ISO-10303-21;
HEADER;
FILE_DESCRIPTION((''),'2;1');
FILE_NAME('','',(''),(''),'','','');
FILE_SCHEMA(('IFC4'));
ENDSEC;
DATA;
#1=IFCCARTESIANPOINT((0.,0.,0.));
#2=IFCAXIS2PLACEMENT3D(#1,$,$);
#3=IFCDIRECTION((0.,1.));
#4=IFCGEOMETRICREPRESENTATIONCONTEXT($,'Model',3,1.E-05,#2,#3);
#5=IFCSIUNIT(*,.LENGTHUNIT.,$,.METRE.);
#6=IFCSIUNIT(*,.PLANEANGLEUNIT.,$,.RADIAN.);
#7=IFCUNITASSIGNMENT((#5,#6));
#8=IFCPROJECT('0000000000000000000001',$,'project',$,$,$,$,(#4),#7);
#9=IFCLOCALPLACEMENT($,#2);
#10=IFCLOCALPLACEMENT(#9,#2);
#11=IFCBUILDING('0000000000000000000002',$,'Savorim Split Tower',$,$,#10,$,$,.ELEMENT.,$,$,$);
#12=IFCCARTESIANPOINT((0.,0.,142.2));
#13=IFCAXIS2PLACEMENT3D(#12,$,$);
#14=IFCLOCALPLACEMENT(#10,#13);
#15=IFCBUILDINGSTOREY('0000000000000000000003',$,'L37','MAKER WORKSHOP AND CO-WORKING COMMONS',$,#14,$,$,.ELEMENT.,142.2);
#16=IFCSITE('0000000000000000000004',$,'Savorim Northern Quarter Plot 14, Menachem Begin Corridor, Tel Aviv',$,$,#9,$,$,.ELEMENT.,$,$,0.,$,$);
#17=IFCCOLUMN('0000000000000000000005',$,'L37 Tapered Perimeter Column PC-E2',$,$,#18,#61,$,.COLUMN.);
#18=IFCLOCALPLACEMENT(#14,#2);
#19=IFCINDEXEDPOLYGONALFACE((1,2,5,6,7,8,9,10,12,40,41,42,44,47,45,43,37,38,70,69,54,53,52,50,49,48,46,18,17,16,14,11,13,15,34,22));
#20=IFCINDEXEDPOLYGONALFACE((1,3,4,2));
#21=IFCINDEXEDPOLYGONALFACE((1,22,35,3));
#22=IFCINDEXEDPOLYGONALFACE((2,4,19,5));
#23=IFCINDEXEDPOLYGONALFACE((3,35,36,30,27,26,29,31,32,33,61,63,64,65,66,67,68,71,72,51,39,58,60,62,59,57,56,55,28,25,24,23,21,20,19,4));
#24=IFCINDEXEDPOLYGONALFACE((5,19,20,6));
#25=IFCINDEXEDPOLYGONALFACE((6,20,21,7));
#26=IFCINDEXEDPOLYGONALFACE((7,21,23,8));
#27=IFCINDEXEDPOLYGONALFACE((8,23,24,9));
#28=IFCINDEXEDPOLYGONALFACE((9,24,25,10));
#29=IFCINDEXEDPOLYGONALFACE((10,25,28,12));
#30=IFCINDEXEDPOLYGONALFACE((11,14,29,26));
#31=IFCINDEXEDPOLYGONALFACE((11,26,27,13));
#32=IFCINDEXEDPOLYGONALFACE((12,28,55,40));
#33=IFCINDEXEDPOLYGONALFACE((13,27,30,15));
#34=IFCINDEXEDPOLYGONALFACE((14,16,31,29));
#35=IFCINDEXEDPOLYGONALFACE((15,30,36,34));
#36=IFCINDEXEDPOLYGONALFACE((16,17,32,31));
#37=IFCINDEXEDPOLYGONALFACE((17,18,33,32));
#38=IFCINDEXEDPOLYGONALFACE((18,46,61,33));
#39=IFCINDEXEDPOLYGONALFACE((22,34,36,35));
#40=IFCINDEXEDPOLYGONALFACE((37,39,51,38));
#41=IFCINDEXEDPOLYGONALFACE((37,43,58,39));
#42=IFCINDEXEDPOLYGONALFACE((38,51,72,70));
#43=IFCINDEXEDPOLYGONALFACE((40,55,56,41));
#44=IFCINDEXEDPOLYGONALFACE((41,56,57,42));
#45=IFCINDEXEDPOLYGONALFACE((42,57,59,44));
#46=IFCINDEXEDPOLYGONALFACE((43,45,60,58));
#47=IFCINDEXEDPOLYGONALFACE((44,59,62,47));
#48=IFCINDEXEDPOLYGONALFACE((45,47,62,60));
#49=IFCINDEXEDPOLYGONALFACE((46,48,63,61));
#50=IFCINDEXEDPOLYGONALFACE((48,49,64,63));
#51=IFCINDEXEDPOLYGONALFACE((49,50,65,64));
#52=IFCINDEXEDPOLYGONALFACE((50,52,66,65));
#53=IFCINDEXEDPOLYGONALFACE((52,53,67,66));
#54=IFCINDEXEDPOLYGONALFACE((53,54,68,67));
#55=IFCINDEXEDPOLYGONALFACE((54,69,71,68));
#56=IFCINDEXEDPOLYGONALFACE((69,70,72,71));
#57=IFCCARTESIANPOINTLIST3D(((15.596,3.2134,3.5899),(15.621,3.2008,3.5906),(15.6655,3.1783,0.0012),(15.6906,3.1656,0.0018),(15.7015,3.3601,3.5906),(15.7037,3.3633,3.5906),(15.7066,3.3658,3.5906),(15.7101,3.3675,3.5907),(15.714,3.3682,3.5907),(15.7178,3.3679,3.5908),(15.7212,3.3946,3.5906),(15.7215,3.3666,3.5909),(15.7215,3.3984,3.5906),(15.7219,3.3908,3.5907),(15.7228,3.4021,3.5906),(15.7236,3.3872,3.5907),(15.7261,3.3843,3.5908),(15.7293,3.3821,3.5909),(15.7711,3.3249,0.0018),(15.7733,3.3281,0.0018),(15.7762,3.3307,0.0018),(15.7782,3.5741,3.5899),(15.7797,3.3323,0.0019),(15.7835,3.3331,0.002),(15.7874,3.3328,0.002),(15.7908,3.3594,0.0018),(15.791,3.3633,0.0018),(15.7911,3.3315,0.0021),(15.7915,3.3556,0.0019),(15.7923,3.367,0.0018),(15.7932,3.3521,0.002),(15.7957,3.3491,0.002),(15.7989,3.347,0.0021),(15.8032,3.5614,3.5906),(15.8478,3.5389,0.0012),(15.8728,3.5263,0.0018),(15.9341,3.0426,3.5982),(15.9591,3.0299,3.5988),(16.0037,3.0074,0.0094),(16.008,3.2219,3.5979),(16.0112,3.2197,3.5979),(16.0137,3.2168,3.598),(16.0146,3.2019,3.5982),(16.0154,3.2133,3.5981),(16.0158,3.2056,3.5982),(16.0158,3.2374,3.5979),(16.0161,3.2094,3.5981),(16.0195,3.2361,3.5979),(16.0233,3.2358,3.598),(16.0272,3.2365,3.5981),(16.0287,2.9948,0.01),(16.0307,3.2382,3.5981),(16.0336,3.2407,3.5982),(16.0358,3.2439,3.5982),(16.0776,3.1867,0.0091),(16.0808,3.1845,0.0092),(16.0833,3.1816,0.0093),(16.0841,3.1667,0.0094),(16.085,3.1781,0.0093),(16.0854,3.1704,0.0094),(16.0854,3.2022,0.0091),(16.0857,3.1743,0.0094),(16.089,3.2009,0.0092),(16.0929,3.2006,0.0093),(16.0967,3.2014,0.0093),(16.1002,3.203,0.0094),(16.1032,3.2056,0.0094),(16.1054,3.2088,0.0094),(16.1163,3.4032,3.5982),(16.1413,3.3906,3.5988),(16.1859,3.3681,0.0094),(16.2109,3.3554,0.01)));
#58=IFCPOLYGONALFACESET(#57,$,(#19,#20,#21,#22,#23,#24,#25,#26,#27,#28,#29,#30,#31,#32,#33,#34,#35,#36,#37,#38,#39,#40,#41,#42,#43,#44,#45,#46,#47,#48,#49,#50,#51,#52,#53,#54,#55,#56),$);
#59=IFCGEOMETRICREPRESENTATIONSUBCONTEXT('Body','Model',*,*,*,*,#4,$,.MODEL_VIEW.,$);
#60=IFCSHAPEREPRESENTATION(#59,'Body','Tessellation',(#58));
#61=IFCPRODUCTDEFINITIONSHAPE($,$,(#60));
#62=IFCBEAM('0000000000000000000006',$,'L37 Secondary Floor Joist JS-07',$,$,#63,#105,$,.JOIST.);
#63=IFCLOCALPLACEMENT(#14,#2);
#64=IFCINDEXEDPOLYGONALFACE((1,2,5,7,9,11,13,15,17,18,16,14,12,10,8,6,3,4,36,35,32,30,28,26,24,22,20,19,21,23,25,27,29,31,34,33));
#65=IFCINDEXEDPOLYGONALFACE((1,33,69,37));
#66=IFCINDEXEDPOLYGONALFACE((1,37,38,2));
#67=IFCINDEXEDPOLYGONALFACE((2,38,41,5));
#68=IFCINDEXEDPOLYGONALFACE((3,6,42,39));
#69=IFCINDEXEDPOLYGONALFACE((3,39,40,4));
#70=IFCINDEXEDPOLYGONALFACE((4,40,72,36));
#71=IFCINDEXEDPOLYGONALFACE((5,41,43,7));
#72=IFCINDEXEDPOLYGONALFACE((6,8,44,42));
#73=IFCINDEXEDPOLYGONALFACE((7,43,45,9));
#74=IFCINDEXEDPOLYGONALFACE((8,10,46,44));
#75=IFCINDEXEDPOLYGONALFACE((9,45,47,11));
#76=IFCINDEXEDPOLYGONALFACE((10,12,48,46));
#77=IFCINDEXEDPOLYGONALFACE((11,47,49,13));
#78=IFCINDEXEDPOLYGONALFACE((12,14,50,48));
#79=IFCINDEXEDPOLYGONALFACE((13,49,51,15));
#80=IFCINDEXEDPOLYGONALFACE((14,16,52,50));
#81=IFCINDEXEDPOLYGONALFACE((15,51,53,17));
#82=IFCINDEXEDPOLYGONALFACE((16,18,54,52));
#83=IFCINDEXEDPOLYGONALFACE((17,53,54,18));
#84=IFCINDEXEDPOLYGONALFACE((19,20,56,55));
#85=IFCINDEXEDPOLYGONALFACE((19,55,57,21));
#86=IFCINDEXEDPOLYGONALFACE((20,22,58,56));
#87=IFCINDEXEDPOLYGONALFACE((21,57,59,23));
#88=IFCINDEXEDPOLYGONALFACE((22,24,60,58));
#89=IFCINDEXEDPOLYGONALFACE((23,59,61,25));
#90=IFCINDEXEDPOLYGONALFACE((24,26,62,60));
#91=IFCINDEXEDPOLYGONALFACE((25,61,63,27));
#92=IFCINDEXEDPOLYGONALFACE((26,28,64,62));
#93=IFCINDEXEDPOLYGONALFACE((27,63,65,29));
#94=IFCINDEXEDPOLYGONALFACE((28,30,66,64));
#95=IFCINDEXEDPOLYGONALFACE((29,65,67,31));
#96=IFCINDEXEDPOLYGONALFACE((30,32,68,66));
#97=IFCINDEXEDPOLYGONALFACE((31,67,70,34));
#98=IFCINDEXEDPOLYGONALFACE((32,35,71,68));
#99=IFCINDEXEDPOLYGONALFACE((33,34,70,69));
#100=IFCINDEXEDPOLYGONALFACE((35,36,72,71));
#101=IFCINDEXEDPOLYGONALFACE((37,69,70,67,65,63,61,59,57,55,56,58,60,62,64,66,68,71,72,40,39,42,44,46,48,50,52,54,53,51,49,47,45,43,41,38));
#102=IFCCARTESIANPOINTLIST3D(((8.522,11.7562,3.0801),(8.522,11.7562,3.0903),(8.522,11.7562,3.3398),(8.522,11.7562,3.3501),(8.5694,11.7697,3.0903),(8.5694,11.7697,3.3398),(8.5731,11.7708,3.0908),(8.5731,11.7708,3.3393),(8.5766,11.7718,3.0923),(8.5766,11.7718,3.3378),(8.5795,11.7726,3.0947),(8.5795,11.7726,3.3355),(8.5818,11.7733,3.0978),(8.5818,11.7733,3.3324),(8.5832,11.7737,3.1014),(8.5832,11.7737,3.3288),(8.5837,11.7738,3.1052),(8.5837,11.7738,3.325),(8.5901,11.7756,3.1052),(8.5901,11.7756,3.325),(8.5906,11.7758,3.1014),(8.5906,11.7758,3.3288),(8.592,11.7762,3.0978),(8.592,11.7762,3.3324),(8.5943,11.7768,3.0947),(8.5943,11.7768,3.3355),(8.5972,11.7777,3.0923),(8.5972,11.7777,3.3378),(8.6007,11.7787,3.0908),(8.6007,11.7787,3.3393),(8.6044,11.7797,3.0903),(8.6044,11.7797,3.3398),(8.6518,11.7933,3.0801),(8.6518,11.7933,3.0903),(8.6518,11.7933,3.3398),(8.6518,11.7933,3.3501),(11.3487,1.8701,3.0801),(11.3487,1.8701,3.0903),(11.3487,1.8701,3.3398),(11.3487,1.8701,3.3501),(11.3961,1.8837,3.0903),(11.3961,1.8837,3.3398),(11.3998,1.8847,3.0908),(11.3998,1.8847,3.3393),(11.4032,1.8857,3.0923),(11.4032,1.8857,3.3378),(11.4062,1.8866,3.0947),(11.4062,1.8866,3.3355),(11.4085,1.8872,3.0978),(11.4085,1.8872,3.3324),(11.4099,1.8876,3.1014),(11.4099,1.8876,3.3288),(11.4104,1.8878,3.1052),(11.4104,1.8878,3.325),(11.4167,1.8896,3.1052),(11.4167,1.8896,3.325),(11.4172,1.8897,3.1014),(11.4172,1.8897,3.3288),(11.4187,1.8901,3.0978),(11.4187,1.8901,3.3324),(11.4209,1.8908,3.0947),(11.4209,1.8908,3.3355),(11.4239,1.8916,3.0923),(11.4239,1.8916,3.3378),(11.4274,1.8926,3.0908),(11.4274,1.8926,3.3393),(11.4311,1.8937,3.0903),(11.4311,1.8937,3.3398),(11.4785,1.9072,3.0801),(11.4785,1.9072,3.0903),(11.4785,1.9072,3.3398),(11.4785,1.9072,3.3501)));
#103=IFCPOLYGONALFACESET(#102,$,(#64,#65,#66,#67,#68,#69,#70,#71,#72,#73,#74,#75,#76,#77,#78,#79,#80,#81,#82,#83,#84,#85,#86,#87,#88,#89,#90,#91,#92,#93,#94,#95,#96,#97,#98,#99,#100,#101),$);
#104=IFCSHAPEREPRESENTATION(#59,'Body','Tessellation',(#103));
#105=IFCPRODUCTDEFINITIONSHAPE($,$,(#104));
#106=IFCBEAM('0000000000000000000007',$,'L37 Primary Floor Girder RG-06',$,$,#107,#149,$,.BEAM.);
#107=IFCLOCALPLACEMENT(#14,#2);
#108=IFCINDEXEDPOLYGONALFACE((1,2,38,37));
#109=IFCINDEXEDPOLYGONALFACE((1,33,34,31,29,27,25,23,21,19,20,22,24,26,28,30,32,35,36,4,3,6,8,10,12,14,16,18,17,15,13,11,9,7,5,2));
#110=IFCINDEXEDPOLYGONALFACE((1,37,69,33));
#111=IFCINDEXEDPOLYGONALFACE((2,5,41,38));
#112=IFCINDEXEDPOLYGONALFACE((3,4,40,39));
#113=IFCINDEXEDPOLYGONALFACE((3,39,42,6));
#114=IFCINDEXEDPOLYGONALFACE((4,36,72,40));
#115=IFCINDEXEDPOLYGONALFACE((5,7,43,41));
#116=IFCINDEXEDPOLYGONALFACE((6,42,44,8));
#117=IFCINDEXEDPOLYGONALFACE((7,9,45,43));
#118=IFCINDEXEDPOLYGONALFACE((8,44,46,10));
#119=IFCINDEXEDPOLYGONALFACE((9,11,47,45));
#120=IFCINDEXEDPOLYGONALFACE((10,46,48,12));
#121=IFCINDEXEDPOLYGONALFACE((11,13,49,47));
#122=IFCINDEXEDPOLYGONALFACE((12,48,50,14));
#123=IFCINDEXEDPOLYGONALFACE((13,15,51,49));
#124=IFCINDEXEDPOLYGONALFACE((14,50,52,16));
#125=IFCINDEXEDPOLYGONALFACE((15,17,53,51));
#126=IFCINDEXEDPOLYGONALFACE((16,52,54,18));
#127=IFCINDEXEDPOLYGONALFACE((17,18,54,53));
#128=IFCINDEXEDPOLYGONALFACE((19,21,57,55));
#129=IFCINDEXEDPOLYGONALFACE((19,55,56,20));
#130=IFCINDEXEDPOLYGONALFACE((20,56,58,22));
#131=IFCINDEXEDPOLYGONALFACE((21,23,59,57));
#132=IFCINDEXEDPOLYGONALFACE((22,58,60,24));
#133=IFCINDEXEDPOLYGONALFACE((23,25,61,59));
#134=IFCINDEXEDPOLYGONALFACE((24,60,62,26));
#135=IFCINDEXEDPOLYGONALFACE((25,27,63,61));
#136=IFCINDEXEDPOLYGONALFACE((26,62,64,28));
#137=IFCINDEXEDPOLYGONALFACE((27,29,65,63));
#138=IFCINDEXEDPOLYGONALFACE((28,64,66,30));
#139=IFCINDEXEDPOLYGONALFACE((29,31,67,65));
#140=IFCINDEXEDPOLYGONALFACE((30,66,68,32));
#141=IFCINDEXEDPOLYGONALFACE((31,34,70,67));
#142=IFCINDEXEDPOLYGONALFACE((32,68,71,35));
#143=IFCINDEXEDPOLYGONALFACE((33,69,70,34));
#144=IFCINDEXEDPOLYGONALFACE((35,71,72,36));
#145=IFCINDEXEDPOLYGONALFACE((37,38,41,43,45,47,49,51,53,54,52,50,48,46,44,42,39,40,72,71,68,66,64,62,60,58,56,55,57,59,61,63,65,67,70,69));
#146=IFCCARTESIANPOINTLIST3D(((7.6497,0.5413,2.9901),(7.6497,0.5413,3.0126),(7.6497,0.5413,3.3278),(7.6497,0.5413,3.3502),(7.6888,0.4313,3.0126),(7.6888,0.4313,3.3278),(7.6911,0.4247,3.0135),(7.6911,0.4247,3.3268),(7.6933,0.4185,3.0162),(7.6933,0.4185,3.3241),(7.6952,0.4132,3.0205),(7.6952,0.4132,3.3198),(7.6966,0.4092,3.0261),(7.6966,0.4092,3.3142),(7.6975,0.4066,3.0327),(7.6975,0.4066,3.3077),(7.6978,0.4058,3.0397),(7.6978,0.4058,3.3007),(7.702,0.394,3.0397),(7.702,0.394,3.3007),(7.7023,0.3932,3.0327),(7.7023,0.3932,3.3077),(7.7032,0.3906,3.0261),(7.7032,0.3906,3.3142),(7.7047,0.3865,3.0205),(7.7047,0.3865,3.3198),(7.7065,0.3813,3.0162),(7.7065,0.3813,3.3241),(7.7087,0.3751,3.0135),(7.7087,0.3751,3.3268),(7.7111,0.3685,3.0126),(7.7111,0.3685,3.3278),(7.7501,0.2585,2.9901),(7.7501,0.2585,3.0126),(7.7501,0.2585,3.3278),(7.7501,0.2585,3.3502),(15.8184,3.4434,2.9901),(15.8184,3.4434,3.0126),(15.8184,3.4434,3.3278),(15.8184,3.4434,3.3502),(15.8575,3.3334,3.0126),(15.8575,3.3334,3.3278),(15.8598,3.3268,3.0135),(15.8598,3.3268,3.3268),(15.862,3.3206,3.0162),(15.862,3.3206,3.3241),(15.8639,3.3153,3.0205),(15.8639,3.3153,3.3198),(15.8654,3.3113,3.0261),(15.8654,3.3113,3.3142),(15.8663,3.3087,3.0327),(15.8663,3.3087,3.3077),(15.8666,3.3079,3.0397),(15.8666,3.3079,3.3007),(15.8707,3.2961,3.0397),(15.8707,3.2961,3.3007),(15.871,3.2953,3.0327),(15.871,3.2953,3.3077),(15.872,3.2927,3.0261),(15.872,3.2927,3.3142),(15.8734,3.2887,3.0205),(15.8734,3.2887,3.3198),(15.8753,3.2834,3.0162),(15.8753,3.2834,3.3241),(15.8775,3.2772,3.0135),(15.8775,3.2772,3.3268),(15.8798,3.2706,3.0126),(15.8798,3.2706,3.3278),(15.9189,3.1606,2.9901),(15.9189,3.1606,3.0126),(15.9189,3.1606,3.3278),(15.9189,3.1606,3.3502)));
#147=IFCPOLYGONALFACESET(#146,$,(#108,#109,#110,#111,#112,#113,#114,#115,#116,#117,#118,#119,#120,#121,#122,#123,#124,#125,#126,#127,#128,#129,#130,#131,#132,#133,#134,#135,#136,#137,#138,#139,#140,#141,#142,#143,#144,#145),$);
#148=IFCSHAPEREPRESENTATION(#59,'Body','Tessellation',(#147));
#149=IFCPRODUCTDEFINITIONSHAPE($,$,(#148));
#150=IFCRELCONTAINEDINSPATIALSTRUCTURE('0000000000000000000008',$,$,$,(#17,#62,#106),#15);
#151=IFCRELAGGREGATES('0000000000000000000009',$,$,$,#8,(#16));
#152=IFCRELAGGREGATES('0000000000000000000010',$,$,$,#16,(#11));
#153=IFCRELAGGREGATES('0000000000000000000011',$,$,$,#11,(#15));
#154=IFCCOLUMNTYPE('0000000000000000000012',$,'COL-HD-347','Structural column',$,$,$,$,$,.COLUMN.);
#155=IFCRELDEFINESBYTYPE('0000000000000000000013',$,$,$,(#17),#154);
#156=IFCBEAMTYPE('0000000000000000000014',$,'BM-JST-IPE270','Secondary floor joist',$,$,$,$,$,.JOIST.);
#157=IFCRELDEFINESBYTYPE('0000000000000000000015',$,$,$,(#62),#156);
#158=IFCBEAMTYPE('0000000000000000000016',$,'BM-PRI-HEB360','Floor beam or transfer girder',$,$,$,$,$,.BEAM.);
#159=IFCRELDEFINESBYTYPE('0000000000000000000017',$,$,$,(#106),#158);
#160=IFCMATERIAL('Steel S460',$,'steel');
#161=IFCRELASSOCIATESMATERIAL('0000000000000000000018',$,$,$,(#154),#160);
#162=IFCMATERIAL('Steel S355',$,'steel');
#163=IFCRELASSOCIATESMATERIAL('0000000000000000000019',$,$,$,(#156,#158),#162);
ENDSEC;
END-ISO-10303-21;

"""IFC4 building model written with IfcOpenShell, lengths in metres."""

from ifc_helpers import new_model, si_unit, direction, frame, origin, origin_2d, place, context, subcontext, project, spatial, i_section, extrude, material, material_profile, profile_set, type_object, element, save


model = new_model("IFC4")

# Units and contexts
model_context = context("Model", 3, precision=1e-05, world=origin(), true_north=direction((0.0, 1.0)))
body_context = subcontext(model_context, "Body", "Model", "MODEL_VIEW")
ifc_project = project(units=[si_unit("LENGTHUNIT", "METRE"), si_unit("PLANEANGLEUNIT", "RADIAN")], contexts=[model_context])

# Site, building, storey
site_placement = place(None, origin())
site = spatial("IfcSite", under=ifc_project, at=site_placement, Name="Savorim Northern Quarter Plot 14, Menachem Begin Corridor, Tel Aviv", CompositionType="ELEMENT", RefElevation=0.0)
building_placement = place(site_placement, origin())
building = spatial("IfcBuilding", under=site, at=building_placement, Name="Savorim Split Tower", CompositionType="ELEMENT")
storey_placement = place(building_placement, frame((0.0, 0.0, 142.2)))
storey = spatial("IfcBuildingStorey", under=building, at=storey_placement, Name="L37", Description="MAKER WORKSHOP AND CO-WORKING COMMONS", CompositionType="ELEMENT", Elevation=142.2)

# Column
ifc_material_1 = material(Name="Steel S460", Category="steel")
ifc_material_profile_1 = material_profile(ifc_material_1, i_section(OverallWidth=0.4041, OverallDepth=0.407, WebThickness=0.0173, FlangeThickness=0.0281, FilletRadius=0.0149, at=origin_2d()), Name="HD 400x347")
ifc_profile_set_1 = profile_set([ifc_material_profile_1], Name="Steel S460")
column_type = type_object("IfcColumnType", Name="COL-HD-347", Description="Structural column", PredefinedType="COLUMN", material=ifc_profile_set_1)
column_placement = place(storey_placement, frame((15.9382, 3.2668, 0.0056), z_axis=(-0.019383, 0.009794, 0.999764), x_axis=(-0.450968, -0.89254, 0.0)))
element("IfcColumn", 1, at=column_placement, inside=storey, type_object=column_type, Name="L37 Tapered Perimeter Column PC-E2", PredefinedType="COLUMN", context=body_context, shape_type="SweptSolid", body=[
    extrude(i_section(OverallWidth=0.4041, OverallDepth=0.407, WebThickness=0.0173, FlangeThickness=0.0281, FilletRadius=0.0149, at=origin_2d()), origin(), (0.0, 0.0, 1.0), 3.5896),
])

# Beams
ifc_material_2 = material(Name="Steel S355", Category="steel")
ifc_material_profile_2 = material_profile(ifc_material_2, i_section(OverallWidth=0.135, OverallDepth=0.27, WebThickness=0.0066, FlangeThickness=0.0103, FilletRadius=0.0149, at=origin_2d()), Name="IPE 270")
ifc_profile_set_2 = profile_set([ifc_material_profile_2], Name="Steel S355")
beam_type_1 = type_object("IfcBeamType", Name="BM-JST-IPE270", Description="Secondary floor joist", PredefinedType="JOIST", material=ifc_profile_set_2)
beam_1_placement = place(storey_placement, frame((11.4136, 1.8887, 3.2151), z_axis=(-0.274909, 0.96147, 0.0), x_axis=(-0.96147, -0.274909, 0.0)))
element("IfcBeam", 2, at=beam_1_placement, inside=storey, type_object=beam_type_1, Name="L37 Secondary Floor Joist JS-07", PredefinedType="JOIST", context=body_context, shape_type="SweptSolid", body=[
    extrude(i_section(OverallWidth=0.135, OverallDepth=0.27, WebThickness=0.0066, FlangeThickness=0.0103, FilletRadius=0.0149, at=origin_2d()), origin(), (0.0, 0.0, 1.0), 10.2822),
])
ifc_material_profile_3 = material_profile(ifc_material_2, i_section(OverallWidth=0.3, OverallDepth=0.3601, WebThickness=0.0125, FlangeThickness=0.0225, FilletRadius=0.0271, at=origin_2d()), Name="HEB 360")
ifc_profile_set_3 = profile_set([ifc_material_profile_3], Name="Steel S355")
beam_type_2 = type_object("IfcBeamType", Name="BM-PRI-HEB360", Description="Floor beam or transfer girder", PredefinedType="BEAM", material=ifc_profile_set_3)
beam_2_placement = place(storey_placement, frame((15.8687, 3.302, 3.1702), z_axis=(-0.942299, -0.334771, 0.0), x_axis=(0.334771, -0.942299, 0.0)))
element("IfcBeam", 3, at=beam_2_placement, inside=storey, type_object=beam_type_2, Name="L37 Primary Floor Girder RG-06", PredefinedType="BEAM", context=body_context, shape_type="SweptSolid", body=[
    extrude(i_section(OverallWidth=0.3, OverallDepth=0.3601, WebThickness=0.0125, FlangeThickness=0.0225, FilletRadius=0.0271, at=origin_2d()), origin(), (0.0, 0.0, 1.0), 8.6689),
])

save(model, "model.ifc")
